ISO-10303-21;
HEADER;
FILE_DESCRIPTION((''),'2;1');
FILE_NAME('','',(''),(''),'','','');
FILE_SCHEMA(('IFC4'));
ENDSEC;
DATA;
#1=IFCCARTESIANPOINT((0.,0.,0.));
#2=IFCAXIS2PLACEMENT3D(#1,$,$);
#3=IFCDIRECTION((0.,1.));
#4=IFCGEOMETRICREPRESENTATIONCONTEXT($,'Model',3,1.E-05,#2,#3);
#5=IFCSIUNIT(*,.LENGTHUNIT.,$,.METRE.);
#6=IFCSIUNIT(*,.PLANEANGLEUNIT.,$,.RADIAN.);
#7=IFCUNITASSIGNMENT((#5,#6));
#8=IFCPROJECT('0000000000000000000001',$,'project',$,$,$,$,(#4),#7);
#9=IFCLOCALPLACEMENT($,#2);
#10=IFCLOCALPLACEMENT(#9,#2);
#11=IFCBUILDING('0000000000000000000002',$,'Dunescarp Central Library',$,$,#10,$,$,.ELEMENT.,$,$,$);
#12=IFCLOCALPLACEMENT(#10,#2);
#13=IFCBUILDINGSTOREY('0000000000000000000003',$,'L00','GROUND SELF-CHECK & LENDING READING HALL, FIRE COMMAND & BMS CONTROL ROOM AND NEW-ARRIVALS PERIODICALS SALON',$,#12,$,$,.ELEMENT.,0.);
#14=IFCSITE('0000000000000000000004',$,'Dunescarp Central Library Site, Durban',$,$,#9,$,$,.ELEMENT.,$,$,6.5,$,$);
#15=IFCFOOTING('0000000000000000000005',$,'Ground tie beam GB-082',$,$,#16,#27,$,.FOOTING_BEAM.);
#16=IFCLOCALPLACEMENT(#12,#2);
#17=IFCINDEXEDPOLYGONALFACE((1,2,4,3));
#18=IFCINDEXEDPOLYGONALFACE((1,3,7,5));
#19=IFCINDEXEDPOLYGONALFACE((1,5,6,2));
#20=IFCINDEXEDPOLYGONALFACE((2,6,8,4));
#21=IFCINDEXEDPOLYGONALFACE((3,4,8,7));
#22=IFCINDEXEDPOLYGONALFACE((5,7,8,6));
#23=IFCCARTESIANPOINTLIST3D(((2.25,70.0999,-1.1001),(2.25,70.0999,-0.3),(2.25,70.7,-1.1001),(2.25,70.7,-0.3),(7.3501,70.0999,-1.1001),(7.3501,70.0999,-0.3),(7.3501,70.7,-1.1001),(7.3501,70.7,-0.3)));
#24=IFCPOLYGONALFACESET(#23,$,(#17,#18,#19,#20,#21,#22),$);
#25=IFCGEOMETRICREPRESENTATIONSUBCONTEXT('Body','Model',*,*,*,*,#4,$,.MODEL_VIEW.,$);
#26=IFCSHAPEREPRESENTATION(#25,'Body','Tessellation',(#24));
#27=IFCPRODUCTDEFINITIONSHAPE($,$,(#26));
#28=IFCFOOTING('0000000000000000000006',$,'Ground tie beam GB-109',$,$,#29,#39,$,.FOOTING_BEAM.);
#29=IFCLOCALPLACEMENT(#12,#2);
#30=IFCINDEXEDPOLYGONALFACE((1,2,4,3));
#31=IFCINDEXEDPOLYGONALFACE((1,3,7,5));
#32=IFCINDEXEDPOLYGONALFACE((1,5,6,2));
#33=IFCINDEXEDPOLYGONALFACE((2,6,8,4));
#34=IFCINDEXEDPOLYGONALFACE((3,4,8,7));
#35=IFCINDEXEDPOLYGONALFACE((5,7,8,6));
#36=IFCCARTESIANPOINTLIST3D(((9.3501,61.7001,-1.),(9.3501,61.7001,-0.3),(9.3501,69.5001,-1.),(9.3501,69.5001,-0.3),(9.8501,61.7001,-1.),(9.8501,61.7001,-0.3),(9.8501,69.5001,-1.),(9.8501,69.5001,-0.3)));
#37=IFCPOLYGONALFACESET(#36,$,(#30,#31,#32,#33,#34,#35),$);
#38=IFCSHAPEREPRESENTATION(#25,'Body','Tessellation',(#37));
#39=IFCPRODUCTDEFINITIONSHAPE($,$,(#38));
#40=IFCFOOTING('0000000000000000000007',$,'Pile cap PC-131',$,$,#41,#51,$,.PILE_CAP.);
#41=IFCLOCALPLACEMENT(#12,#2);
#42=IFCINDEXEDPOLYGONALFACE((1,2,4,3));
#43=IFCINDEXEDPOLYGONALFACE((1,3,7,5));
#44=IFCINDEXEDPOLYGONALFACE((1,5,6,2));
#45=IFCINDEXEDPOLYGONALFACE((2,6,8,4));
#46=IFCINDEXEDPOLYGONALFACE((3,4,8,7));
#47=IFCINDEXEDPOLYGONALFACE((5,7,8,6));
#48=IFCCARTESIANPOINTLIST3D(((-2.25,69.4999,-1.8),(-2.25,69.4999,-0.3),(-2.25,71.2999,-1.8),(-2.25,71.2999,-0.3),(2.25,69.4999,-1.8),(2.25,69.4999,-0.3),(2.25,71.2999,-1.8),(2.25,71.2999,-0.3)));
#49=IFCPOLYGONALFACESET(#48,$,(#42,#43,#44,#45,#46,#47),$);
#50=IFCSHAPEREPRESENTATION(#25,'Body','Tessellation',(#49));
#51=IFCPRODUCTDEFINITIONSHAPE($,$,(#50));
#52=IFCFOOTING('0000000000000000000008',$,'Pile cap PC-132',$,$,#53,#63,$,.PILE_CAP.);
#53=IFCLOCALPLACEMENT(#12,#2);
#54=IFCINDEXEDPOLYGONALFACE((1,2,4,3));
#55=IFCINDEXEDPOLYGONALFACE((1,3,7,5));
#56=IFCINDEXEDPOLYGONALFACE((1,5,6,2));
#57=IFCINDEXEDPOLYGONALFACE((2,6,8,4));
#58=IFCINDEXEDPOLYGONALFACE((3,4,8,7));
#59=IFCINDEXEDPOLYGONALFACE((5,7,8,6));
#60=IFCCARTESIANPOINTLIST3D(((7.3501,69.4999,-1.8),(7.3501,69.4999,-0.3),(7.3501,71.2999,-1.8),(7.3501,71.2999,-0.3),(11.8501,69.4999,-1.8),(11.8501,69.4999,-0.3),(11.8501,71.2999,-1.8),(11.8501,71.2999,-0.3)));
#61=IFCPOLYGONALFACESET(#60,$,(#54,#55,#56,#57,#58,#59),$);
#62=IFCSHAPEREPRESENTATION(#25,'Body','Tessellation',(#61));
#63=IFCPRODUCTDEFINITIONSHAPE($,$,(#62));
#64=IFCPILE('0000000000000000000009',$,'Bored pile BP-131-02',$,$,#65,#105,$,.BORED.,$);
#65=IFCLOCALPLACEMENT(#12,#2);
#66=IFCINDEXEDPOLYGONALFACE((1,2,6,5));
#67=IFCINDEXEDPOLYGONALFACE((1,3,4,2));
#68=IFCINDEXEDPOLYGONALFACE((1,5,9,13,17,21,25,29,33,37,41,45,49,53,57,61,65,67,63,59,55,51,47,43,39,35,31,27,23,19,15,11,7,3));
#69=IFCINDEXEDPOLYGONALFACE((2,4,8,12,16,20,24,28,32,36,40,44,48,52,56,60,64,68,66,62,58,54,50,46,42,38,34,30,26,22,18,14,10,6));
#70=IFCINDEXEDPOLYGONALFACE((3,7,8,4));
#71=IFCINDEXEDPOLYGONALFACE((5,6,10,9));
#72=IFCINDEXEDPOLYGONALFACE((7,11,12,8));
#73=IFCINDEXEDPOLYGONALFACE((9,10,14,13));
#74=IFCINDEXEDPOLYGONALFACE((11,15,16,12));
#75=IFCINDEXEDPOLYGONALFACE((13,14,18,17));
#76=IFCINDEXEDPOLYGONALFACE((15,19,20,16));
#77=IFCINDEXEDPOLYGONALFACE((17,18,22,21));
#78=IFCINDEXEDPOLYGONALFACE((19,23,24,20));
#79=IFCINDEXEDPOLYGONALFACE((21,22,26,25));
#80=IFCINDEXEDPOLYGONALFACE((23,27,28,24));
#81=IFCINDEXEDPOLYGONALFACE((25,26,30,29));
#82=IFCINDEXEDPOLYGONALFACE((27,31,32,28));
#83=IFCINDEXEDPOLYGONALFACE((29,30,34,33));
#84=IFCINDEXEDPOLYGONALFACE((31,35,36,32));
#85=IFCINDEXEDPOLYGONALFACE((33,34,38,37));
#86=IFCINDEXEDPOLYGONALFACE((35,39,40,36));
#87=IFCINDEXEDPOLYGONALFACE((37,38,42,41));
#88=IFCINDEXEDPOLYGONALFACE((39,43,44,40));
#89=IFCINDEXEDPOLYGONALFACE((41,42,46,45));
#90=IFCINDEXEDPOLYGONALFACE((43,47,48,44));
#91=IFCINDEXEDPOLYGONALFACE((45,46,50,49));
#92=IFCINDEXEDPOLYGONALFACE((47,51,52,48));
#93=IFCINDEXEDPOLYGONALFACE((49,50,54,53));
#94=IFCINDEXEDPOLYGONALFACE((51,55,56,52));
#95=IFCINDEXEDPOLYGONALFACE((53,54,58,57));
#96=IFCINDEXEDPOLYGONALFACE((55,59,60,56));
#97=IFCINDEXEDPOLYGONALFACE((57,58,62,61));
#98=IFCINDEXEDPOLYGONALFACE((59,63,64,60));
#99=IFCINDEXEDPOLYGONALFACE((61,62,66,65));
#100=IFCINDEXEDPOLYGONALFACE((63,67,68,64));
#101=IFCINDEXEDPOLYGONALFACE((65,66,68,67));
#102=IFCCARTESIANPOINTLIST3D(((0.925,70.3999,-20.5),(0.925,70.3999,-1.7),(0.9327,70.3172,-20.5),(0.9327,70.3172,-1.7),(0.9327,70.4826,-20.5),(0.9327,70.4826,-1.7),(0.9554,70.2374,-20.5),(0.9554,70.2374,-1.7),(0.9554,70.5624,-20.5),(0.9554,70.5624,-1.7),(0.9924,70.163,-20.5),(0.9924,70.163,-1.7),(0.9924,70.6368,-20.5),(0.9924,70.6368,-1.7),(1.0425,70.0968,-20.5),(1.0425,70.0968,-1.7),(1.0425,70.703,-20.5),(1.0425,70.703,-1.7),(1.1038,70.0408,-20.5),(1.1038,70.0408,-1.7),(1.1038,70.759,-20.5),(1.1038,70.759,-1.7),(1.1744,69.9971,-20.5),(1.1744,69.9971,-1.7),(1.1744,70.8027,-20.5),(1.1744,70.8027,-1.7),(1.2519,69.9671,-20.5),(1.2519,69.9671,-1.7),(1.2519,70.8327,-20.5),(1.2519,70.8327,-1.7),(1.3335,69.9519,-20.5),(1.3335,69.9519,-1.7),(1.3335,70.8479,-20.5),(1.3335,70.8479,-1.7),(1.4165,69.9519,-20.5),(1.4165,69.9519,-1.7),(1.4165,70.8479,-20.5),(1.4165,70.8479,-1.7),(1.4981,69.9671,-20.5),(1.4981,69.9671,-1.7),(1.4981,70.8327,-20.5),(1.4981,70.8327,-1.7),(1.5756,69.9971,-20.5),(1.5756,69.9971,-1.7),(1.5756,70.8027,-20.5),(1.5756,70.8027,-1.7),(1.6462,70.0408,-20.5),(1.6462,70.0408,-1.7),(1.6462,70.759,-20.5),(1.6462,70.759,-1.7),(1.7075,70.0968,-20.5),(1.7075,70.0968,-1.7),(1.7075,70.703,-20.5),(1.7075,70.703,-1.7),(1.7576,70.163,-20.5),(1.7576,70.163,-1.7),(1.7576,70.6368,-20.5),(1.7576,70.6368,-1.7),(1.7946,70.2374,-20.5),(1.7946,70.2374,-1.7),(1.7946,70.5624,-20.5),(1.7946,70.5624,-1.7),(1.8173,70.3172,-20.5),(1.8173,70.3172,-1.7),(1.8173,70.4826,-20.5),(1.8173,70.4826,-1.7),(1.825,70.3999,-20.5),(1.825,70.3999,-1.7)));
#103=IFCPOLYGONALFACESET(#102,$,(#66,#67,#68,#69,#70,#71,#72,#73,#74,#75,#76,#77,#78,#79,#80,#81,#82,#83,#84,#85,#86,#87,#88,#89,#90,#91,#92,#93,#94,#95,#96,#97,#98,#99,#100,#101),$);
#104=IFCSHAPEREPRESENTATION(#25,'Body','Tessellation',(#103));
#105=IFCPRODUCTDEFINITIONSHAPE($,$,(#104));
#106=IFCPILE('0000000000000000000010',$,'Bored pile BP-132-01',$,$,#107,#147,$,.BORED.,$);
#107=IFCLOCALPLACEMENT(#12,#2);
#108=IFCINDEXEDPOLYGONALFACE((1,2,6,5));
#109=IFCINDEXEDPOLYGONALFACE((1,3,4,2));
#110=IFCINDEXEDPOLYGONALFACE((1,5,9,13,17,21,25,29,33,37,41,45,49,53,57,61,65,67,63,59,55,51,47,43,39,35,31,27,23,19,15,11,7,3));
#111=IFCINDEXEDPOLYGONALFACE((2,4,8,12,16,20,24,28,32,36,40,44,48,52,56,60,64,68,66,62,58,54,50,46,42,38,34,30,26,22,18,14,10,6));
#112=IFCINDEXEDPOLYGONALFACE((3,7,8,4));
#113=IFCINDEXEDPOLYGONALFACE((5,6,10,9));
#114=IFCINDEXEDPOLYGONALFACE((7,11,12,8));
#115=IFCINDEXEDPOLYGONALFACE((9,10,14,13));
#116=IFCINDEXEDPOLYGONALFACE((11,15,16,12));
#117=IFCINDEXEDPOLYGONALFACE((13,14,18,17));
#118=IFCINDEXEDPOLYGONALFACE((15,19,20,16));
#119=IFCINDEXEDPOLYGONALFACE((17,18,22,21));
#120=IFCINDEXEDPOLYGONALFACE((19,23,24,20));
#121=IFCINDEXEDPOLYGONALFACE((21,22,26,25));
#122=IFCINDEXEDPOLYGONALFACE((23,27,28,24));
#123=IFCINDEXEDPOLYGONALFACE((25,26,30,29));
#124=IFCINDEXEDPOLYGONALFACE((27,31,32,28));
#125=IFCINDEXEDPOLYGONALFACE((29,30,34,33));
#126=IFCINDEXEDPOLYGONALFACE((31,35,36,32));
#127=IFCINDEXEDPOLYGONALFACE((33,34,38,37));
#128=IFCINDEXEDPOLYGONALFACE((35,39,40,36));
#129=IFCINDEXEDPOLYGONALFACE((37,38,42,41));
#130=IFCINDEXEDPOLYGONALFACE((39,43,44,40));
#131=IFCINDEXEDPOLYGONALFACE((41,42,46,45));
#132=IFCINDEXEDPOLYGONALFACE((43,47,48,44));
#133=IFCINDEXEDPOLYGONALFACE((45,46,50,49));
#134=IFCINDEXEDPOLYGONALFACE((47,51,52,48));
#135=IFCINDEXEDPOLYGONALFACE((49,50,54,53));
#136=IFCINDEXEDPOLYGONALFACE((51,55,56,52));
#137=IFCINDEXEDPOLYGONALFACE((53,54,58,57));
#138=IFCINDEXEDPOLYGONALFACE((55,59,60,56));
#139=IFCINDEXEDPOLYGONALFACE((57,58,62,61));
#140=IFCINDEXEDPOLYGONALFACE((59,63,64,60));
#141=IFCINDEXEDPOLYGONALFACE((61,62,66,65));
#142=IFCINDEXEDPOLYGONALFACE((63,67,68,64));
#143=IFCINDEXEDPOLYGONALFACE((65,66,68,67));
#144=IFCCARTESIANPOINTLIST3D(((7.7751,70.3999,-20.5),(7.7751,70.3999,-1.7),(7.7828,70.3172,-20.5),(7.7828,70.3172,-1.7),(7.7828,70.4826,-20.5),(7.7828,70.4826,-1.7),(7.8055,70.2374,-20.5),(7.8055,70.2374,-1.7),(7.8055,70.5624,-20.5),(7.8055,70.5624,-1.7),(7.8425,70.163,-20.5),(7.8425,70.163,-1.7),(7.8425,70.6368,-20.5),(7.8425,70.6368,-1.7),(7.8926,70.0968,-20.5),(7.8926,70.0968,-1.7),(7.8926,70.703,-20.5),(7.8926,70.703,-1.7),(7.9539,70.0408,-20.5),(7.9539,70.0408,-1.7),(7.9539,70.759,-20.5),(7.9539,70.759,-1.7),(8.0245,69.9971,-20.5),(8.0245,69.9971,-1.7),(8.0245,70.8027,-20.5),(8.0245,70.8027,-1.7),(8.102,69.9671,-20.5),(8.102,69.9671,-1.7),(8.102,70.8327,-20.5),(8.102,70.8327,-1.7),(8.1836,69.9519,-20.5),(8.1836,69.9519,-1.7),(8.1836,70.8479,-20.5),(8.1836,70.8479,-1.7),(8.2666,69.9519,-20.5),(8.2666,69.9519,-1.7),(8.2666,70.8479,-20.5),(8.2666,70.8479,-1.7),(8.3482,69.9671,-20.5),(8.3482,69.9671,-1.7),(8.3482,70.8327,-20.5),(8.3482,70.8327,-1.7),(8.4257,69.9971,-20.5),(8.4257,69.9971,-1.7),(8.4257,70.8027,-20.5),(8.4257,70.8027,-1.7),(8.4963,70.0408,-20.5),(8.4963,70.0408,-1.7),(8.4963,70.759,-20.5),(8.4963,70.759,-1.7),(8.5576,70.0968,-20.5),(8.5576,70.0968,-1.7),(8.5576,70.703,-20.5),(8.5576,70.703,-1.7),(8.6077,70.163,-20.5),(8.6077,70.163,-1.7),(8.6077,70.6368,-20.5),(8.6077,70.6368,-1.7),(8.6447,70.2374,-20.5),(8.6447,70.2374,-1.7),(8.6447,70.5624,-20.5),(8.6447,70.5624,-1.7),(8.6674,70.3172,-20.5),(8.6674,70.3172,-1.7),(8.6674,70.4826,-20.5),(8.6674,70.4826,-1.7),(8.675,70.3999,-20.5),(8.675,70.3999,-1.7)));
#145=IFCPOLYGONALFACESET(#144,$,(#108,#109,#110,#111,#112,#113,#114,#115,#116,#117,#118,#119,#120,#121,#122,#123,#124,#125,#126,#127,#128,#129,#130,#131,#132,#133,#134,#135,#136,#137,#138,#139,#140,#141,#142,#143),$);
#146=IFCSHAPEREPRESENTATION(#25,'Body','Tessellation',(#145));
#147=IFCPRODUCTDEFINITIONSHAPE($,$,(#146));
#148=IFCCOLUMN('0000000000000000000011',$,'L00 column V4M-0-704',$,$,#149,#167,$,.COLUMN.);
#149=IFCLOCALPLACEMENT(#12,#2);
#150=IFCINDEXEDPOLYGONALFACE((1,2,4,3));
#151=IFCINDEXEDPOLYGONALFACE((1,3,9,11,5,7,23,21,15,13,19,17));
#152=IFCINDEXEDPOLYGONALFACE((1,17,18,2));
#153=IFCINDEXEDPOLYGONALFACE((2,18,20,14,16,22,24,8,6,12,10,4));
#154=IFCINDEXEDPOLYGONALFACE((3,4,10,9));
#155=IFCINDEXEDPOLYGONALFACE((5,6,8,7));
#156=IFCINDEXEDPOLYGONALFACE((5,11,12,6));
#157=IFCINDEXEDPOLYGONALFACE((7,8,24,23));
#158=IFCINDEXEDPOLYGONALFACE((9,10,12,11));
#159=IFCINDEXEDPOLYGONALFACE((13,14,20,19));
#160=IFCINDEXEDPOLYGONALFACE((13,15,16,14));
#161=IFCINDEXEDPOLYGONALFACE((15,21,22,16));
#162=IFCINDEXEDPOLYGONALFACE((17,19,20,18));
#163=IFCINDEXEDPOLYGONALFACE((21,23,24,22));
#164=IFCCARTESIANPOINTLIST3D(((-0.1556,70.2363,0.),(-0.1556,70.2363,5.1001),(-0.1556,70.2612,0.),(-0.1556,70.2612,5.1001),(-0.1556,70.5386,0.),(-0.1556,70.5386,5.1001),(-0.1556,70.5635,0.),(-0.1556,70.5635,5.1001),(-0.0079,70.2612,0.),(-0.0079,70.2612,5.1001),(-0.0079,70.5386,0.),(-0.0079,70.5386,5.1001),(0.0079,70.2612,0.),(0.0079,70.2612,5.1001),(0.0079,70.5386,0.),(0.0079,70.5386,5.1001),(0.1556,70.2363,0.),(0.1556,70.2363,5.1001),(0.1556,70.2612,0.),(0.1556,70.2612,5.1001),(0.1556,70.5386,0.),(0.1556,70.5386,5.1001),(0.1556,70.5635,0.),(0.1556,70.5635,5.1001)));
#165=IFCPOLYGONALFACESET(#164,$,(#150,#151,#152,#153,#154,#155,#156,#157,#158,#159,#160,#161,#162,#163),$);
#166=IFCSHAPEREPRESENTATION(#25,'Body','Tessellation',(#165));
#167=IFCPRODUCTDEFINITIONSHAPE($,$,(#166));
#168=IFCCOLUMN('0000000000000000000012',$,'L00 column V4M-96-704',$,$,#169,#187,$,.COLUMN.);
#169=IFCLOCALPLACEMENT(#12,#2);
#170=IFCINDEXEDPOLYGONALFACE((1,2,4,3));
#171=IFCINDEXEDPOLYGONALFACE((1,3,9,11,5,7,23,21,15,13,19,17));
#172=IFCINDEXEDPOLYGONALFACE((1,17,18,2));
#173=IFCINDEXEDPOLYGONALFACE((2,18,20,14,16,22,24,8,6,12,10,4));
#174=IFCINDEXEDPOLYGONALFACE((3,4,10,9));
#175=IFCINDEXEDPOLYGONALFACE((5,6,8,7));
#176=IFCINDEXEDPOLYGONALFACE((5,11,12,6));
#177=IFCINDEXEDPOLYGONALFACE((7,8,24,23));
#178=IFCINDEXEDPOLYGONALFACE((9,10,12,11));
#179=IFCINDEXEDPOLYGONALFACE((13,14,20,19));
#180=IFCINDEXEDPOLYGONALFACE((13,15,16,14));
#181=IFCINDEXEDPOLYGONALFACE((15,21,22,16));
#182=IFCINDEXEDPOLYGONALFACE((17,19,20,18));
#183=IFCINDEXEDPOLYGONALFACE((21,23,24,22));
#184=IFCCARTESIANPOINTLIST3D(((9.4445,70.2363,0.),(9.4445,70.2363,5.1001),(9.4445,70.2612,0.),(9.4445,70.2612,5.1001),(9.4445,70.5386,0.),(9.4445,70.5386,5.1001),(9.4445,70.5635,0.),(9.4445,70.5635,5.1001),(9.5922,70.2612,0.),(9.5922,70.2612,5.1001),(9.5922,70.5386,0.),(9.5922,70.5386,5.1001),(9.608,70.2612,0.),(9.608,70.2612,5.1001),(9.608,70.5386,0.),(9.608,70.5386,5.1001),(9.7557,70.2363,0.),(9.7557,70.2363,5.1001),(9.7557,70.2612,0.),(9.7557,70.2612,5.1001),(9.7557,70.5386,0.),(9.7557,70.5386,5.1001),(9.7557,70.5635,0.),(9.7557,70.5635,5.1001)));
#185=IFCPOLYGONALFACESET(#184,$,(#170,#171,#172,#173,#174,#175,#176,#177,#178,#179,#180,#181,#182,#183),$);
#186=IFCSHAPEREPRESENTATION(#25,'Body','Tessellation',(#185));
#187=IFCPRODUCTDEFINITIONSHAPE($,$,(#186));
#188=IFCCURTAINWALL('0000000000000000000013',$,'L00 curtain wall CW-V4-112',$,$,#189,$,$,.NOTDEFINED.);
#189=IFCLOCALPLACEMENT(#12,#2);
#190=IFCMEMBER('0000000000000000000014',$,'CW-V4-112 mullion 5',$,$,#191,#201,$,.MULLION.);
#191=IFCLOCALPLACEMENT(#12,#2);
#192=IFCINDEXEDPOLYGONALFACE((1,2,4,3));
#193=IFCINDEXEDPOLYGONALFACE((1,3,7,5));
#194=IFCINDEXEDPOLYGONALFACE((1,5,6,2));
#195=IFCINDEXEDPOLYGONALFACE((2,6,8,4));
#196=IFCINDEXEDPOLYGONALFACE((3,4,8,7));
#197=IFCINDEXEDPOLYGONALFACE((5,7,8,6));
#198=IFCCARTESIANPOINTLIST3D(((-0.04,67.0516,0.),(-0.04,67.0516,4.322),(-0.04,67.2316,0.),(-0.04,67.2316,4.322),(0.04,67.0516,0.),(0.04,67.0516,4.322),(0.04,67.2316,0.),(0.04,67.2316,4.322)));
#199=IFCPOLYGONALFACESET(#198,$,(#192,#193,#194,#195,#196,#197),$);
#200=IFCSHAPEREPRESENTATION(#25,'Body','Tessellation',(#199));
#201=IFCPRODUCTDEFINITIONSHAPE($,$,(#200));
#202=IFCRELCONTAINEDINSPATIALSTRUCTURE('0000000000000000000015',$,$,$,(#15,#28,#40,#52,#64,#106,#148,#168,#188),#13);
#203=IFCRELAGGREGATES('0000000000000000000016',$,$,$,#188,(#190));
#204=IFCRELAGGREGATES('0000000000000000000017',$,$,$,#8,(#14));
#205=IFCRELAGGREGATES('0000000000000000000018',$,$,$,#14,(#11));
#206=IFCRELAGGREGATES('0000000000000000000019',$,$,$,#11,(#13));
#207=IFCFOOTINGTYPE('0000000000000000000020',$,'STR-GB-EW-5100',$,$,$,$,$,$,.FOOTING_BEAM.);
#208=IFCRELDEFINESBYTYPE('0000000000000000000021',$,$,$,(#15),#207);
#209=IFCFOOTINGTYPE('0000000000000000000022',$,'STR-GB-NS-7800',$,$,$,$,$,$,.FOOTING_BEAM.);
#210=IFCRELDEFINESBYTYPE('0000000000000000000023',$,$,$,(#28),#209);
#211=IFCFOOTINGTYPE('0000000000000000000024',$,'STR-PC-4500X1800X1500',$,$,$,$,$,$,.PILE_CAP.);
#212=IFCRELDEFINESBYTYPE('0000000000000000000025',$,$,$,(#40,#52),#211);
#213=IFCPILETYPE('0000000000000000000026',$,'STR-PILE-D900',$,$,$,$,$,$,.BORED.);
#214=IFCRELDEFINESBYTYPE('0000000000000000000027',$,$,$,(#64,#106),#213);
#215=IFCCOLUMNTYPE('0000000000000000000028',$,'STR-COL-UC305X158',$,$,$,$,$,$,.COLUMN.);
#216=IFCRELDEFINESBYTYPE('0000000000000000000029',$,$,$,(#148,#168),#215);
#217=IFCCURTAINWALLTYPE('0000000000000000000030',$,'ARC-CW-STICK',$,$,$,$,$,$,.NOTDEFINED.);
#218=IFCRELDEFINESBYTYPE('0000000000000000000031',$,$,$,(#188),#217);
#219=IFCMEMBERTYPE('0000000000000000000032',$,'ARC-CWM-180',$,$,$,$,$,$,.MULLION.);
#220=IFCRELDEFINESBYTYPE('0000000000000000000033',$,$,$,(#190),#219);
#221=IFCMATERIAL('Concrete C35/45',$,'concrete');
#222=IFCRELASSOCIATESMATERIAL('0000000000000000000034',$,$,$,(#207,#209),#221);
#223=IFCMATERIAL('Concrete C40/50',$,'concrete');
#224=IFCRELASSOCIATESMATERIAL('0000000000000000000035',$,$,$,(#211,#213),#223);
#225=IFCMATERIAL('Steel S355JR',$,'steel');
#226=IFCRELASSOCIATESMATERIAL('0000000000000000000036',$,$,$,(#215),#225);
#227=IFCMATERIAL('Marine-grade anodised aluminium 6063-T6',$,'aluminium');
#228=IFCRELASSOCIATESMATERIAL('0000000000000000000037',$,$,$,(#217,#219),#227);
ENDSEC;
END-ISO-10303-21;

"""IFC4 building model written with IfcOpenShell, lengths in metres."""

from ifc_helpers import new_model, si_unit, direction, frame, origin, origin_2d, place, context, subcontext, project, spatial, rectangle, circle, i_section, extrude, material, material_profile, profile_set, type_object, element, aggregate, save


model = new_model("IFC4")

# Units and contexts
model_context = context("Model", 3, precision=1e-05, world=origin(), true_north=direction((0.0, 1.0)))
body_context = subcontext(model_context, "Body", "Model", "MODEL_VIEW")
ifc_project = project(units=[si_unit("LENGTHUNIT", "METRE"), si_unit("PLANEANGLEUNIT", "RADIAN")], contexts=[model_context])

# Site, building, storey
site_placement = place(None, origin())
site = spatial("IfcSite", under=ifc_project, at=site_placement, Name="Dunescarp Central Library Site, Durban", CompositionType="ELEMENT", RefElevation=6.5)
building_placement = place(site_placement, origin())
building = spatial("IfcBuilding", under=site, at=building_placement, Name="Dunescarp Central Library", CompositionType="ELEMENT")
storey_placement = place(building_placement, origin())
storey = spatial("IfcBuildingStorey", under=building, at=storey_placement, Name="L00", Description="GROUND SELF-CHECK & LENDING READING HALL, FIRE COMMAND & BMS CONTROL ROOM AND NEW-ARRIVALS PERIODICALS SALON", CompositionType="ELEMENT", Elevation=0.0)

# Footings
ifc_material_1 = material(Name="Concrete C35/45", Category="concrete")
footing_type_1 = type_object("IfcFootingType", Name="STR-GB-EW-5100", PredefinedType="FOOTING_BEAM", material=ifc_material_1)
footing_1_placement = place(storey_placement, frame((4.8, 70.3999, -1.1001), z_axis=(0.0, 0.0, 1.0), x_axis=(1.0, 0.0, 0.0)))
element("IfcFooting", 1, at=footing_1_placement, inside=storey, type_object=footing_type_1, Name="Ground tie beam GB-082", PredefinedType="FOOTING_BEAM", context=body_context, shape_type="SweptSolid", body=[
    extrude(rectangle(XDim=5.1001, YDim=0.6001, at=origin_2d()), origin(), (0.0, 0.0, 1.0), 0.8),
])
footing_type_2 = type_object("IfcFootingType", Name="STR-GB-NS-7800", PredefinedType="FOOTING_BEAM", material=ifc_material_1)
footing_2_placement = place(storey_placement, frame((9.6001, 65.6001, -1.0), z_axis=(0.0, 0.0, 1.0), x_axis=(0.0, 1.0, 0.0)))
element("IfcFooting", 2, at=footing_2_placement, inside=storey, type_object=footing_type_2, Name="Ground tie beam GB-109", PredefinedType="FOOTING_BEAM", context=body_context, shape_type="SweptSolid", body=[
    extrude(rectangle(XDim=7.8, YDim=0.5, at=origin_2d()), origin(), (0.0, 0.0, 1.0), 0.7),
])
ifc_material_2 = material(Name="Concrete C40/50", Category="concrete")
footing_type_3 = type_object("IfcFootingType", Name="STR-PC-4500X1800X1500", PredefinedType="PILE_CAP", material=ifc_material_2)
for number, where, z_axis, x_axis, name in (
    (3, (0.0, 70.3999, -1.8), (0.0, 0.0, 1.0), (1.0, 0.0, 0.0), "Pile cap PC-131"),
    (4, (9.6001, 70.3999, -1.8), (0.0, 0.0, 1.0), (1.0, 0.0, 0.0), "Pile cap PC-132"),
):
    element("IfcFooting", number, at=place(storey_placement, frame(where, z_axis=z_axis, x_axis=x_axis)), inside=storey, type_object=footing_type_3, Name=name, PredefinedType="PILE_CAP", context=body_context, shape_type="SweptSolid", body=[
        extrude(rectangle(XDim=4.5, YDim=1.8, at=origin_2d()), origin(), (0.0, 0.0, 1.0), 1.5),
    ])

# Piles
ifc_material_profile_1 = material_profile(ifc_material_2, circle(Radius=0.45, at=origin_2d()), Name="PILE D900")
ifc_profile_set_1 = profile_set([ifc_material_profile_1], Name="Concrete C40/50")
pile_type = type_object("IfcPileType", Name="STR-PILE-D900", PredefinedType="BORED", material=ifc_profile_set_1)
for number, where, z_axis, x_axis, name in (
    (5, (1.375, 70.3999, -1.7), (0.0, 0.0, -1.0), (1.0, 0.0, 0.0), "Bored pile BP-131-02"),
    (6, (8.2251, 70.3999, -1.7), (0.0, 0.0, -1.0), (1.0, 0.0, 0.0), "Bored pile BP-132-01"),
):
    element("IfcPile", number, at=place(storey_placement, frame(where, z_axis=z_axis, x_axis=x_axis)), inside=storey, type_object=pile_type, Name=name, PredefinedType="BORED", context=body_context, shape_type="SweptSolid", body=[
        extrude(circle(Radius=0.45, at=origin_2d()), origin(), (0.0, 0.0, 1.0), 18.8),
    ])

# Columns
ifc_material_3 = material(Name="Steel S355JR", Category="steel")
ifc_material_profile_2 = material_profile(ifc_material_3, i_section(OverallWidth=0.3113, OverallDepth=0.3271, WebThickness=0.0159, FlangeThickness=0.0249, at=origin_2d()), Name="UC 305x305x158")
ifc_profile_set_2 = profile_set([ifc_material_profile_2], Name="Steel S355JR")
column_type = type_object("IfcColumnType", Name="STR-COL-UC305X158", PredefinedType="COLUMN", material=ifc_profile_set_2)
for number, where, z_axis, x_axis, name in (
    (7, (0.0, 70.3999, 0.0), (0.0, 0.0, 1.0), (1.0, 0.0, 0.0), "L00 column V4M-0-704"),
    (8, (9.6001, 70.3999, 0.0), (0.0, 0.0, 1.0), (1.0, 0.0, 0.0), "L00 column V4M-96-704"),
):
    element("IfcColumn", number, at=place(storey_placement, frame(where, z_axis=z_axis, x_axis=x_axis)), inside=storey, type_object=column_type, Name=name, PredefinedType="COLUMN", context=body_context, shape_type="SweptSolid", body=[
        extrude(i_section(OverallWidth=0.3113, OverallDepth=0.3271, WebThickness=0.0159, FlangeThickness=0.0249, at=origin_2d()), origin(), (0.0, 0.0, 1.0), 5.1001),
    ])

# Curtain wall, member
ifc_material_4 = material(Name="Marine-grade anodised aluminium 6063-T6", Category="aluminium")
curtain_wall_type = type_object("IfcCurtainWallType", Name="ARC-CW-STICK", PredefinedType="NOTDEFINED", material=ifc_material_4)
curtain_wall_1_placement = place(storey_placement, origin())
curtain_wall_1 = element("IfcCurtainWall", 9, at=curtain_wall_1_placement, inside=storey, type_object=curtain_wall_type, Name="L00 curtain wall CW-V4-112", PredefinedType="NOTDEFINED")
ifc_material_profile_3 = material_profile(ifc_material_4, rectangle(XDim=0.0801, YDim=0.1799, at=origin_2d()), Name="AL 80x180")
ifc_profile_set_3 = profile_set([ifc_material_profile_3], Name="Marine-grade anodised aluminium 6063-T6")
member_type_1 = type_object("IfcMemberType", Name="ARC-CWM-180", PredefinedType="MULLION", material=ifc_profile_set_3)
member_1_placement = place(storey_placement, frame((0.0, 67.1416, 0.0), z_axis=(0.0, 0.0, 1.0), x_axis=(-1.0, 0.0, 0.0)))
member_1 = element("IfcMember", 10, at=member_1_placement, type_object=member_type_1, Name="CW-V4-112 mullion 5", PredefinedType="MULLION", context=body_context, shape_type="SweptSolid", body=[
    extrude(rectangle(XDim=0.0801, YDim=0.1799, at=origin_2d()), origin(), (0.0, 0.0, 1.0), 4.322),
])

aggregate(curtain_wall_1, [member_1])

save(model, "model.ifc")
